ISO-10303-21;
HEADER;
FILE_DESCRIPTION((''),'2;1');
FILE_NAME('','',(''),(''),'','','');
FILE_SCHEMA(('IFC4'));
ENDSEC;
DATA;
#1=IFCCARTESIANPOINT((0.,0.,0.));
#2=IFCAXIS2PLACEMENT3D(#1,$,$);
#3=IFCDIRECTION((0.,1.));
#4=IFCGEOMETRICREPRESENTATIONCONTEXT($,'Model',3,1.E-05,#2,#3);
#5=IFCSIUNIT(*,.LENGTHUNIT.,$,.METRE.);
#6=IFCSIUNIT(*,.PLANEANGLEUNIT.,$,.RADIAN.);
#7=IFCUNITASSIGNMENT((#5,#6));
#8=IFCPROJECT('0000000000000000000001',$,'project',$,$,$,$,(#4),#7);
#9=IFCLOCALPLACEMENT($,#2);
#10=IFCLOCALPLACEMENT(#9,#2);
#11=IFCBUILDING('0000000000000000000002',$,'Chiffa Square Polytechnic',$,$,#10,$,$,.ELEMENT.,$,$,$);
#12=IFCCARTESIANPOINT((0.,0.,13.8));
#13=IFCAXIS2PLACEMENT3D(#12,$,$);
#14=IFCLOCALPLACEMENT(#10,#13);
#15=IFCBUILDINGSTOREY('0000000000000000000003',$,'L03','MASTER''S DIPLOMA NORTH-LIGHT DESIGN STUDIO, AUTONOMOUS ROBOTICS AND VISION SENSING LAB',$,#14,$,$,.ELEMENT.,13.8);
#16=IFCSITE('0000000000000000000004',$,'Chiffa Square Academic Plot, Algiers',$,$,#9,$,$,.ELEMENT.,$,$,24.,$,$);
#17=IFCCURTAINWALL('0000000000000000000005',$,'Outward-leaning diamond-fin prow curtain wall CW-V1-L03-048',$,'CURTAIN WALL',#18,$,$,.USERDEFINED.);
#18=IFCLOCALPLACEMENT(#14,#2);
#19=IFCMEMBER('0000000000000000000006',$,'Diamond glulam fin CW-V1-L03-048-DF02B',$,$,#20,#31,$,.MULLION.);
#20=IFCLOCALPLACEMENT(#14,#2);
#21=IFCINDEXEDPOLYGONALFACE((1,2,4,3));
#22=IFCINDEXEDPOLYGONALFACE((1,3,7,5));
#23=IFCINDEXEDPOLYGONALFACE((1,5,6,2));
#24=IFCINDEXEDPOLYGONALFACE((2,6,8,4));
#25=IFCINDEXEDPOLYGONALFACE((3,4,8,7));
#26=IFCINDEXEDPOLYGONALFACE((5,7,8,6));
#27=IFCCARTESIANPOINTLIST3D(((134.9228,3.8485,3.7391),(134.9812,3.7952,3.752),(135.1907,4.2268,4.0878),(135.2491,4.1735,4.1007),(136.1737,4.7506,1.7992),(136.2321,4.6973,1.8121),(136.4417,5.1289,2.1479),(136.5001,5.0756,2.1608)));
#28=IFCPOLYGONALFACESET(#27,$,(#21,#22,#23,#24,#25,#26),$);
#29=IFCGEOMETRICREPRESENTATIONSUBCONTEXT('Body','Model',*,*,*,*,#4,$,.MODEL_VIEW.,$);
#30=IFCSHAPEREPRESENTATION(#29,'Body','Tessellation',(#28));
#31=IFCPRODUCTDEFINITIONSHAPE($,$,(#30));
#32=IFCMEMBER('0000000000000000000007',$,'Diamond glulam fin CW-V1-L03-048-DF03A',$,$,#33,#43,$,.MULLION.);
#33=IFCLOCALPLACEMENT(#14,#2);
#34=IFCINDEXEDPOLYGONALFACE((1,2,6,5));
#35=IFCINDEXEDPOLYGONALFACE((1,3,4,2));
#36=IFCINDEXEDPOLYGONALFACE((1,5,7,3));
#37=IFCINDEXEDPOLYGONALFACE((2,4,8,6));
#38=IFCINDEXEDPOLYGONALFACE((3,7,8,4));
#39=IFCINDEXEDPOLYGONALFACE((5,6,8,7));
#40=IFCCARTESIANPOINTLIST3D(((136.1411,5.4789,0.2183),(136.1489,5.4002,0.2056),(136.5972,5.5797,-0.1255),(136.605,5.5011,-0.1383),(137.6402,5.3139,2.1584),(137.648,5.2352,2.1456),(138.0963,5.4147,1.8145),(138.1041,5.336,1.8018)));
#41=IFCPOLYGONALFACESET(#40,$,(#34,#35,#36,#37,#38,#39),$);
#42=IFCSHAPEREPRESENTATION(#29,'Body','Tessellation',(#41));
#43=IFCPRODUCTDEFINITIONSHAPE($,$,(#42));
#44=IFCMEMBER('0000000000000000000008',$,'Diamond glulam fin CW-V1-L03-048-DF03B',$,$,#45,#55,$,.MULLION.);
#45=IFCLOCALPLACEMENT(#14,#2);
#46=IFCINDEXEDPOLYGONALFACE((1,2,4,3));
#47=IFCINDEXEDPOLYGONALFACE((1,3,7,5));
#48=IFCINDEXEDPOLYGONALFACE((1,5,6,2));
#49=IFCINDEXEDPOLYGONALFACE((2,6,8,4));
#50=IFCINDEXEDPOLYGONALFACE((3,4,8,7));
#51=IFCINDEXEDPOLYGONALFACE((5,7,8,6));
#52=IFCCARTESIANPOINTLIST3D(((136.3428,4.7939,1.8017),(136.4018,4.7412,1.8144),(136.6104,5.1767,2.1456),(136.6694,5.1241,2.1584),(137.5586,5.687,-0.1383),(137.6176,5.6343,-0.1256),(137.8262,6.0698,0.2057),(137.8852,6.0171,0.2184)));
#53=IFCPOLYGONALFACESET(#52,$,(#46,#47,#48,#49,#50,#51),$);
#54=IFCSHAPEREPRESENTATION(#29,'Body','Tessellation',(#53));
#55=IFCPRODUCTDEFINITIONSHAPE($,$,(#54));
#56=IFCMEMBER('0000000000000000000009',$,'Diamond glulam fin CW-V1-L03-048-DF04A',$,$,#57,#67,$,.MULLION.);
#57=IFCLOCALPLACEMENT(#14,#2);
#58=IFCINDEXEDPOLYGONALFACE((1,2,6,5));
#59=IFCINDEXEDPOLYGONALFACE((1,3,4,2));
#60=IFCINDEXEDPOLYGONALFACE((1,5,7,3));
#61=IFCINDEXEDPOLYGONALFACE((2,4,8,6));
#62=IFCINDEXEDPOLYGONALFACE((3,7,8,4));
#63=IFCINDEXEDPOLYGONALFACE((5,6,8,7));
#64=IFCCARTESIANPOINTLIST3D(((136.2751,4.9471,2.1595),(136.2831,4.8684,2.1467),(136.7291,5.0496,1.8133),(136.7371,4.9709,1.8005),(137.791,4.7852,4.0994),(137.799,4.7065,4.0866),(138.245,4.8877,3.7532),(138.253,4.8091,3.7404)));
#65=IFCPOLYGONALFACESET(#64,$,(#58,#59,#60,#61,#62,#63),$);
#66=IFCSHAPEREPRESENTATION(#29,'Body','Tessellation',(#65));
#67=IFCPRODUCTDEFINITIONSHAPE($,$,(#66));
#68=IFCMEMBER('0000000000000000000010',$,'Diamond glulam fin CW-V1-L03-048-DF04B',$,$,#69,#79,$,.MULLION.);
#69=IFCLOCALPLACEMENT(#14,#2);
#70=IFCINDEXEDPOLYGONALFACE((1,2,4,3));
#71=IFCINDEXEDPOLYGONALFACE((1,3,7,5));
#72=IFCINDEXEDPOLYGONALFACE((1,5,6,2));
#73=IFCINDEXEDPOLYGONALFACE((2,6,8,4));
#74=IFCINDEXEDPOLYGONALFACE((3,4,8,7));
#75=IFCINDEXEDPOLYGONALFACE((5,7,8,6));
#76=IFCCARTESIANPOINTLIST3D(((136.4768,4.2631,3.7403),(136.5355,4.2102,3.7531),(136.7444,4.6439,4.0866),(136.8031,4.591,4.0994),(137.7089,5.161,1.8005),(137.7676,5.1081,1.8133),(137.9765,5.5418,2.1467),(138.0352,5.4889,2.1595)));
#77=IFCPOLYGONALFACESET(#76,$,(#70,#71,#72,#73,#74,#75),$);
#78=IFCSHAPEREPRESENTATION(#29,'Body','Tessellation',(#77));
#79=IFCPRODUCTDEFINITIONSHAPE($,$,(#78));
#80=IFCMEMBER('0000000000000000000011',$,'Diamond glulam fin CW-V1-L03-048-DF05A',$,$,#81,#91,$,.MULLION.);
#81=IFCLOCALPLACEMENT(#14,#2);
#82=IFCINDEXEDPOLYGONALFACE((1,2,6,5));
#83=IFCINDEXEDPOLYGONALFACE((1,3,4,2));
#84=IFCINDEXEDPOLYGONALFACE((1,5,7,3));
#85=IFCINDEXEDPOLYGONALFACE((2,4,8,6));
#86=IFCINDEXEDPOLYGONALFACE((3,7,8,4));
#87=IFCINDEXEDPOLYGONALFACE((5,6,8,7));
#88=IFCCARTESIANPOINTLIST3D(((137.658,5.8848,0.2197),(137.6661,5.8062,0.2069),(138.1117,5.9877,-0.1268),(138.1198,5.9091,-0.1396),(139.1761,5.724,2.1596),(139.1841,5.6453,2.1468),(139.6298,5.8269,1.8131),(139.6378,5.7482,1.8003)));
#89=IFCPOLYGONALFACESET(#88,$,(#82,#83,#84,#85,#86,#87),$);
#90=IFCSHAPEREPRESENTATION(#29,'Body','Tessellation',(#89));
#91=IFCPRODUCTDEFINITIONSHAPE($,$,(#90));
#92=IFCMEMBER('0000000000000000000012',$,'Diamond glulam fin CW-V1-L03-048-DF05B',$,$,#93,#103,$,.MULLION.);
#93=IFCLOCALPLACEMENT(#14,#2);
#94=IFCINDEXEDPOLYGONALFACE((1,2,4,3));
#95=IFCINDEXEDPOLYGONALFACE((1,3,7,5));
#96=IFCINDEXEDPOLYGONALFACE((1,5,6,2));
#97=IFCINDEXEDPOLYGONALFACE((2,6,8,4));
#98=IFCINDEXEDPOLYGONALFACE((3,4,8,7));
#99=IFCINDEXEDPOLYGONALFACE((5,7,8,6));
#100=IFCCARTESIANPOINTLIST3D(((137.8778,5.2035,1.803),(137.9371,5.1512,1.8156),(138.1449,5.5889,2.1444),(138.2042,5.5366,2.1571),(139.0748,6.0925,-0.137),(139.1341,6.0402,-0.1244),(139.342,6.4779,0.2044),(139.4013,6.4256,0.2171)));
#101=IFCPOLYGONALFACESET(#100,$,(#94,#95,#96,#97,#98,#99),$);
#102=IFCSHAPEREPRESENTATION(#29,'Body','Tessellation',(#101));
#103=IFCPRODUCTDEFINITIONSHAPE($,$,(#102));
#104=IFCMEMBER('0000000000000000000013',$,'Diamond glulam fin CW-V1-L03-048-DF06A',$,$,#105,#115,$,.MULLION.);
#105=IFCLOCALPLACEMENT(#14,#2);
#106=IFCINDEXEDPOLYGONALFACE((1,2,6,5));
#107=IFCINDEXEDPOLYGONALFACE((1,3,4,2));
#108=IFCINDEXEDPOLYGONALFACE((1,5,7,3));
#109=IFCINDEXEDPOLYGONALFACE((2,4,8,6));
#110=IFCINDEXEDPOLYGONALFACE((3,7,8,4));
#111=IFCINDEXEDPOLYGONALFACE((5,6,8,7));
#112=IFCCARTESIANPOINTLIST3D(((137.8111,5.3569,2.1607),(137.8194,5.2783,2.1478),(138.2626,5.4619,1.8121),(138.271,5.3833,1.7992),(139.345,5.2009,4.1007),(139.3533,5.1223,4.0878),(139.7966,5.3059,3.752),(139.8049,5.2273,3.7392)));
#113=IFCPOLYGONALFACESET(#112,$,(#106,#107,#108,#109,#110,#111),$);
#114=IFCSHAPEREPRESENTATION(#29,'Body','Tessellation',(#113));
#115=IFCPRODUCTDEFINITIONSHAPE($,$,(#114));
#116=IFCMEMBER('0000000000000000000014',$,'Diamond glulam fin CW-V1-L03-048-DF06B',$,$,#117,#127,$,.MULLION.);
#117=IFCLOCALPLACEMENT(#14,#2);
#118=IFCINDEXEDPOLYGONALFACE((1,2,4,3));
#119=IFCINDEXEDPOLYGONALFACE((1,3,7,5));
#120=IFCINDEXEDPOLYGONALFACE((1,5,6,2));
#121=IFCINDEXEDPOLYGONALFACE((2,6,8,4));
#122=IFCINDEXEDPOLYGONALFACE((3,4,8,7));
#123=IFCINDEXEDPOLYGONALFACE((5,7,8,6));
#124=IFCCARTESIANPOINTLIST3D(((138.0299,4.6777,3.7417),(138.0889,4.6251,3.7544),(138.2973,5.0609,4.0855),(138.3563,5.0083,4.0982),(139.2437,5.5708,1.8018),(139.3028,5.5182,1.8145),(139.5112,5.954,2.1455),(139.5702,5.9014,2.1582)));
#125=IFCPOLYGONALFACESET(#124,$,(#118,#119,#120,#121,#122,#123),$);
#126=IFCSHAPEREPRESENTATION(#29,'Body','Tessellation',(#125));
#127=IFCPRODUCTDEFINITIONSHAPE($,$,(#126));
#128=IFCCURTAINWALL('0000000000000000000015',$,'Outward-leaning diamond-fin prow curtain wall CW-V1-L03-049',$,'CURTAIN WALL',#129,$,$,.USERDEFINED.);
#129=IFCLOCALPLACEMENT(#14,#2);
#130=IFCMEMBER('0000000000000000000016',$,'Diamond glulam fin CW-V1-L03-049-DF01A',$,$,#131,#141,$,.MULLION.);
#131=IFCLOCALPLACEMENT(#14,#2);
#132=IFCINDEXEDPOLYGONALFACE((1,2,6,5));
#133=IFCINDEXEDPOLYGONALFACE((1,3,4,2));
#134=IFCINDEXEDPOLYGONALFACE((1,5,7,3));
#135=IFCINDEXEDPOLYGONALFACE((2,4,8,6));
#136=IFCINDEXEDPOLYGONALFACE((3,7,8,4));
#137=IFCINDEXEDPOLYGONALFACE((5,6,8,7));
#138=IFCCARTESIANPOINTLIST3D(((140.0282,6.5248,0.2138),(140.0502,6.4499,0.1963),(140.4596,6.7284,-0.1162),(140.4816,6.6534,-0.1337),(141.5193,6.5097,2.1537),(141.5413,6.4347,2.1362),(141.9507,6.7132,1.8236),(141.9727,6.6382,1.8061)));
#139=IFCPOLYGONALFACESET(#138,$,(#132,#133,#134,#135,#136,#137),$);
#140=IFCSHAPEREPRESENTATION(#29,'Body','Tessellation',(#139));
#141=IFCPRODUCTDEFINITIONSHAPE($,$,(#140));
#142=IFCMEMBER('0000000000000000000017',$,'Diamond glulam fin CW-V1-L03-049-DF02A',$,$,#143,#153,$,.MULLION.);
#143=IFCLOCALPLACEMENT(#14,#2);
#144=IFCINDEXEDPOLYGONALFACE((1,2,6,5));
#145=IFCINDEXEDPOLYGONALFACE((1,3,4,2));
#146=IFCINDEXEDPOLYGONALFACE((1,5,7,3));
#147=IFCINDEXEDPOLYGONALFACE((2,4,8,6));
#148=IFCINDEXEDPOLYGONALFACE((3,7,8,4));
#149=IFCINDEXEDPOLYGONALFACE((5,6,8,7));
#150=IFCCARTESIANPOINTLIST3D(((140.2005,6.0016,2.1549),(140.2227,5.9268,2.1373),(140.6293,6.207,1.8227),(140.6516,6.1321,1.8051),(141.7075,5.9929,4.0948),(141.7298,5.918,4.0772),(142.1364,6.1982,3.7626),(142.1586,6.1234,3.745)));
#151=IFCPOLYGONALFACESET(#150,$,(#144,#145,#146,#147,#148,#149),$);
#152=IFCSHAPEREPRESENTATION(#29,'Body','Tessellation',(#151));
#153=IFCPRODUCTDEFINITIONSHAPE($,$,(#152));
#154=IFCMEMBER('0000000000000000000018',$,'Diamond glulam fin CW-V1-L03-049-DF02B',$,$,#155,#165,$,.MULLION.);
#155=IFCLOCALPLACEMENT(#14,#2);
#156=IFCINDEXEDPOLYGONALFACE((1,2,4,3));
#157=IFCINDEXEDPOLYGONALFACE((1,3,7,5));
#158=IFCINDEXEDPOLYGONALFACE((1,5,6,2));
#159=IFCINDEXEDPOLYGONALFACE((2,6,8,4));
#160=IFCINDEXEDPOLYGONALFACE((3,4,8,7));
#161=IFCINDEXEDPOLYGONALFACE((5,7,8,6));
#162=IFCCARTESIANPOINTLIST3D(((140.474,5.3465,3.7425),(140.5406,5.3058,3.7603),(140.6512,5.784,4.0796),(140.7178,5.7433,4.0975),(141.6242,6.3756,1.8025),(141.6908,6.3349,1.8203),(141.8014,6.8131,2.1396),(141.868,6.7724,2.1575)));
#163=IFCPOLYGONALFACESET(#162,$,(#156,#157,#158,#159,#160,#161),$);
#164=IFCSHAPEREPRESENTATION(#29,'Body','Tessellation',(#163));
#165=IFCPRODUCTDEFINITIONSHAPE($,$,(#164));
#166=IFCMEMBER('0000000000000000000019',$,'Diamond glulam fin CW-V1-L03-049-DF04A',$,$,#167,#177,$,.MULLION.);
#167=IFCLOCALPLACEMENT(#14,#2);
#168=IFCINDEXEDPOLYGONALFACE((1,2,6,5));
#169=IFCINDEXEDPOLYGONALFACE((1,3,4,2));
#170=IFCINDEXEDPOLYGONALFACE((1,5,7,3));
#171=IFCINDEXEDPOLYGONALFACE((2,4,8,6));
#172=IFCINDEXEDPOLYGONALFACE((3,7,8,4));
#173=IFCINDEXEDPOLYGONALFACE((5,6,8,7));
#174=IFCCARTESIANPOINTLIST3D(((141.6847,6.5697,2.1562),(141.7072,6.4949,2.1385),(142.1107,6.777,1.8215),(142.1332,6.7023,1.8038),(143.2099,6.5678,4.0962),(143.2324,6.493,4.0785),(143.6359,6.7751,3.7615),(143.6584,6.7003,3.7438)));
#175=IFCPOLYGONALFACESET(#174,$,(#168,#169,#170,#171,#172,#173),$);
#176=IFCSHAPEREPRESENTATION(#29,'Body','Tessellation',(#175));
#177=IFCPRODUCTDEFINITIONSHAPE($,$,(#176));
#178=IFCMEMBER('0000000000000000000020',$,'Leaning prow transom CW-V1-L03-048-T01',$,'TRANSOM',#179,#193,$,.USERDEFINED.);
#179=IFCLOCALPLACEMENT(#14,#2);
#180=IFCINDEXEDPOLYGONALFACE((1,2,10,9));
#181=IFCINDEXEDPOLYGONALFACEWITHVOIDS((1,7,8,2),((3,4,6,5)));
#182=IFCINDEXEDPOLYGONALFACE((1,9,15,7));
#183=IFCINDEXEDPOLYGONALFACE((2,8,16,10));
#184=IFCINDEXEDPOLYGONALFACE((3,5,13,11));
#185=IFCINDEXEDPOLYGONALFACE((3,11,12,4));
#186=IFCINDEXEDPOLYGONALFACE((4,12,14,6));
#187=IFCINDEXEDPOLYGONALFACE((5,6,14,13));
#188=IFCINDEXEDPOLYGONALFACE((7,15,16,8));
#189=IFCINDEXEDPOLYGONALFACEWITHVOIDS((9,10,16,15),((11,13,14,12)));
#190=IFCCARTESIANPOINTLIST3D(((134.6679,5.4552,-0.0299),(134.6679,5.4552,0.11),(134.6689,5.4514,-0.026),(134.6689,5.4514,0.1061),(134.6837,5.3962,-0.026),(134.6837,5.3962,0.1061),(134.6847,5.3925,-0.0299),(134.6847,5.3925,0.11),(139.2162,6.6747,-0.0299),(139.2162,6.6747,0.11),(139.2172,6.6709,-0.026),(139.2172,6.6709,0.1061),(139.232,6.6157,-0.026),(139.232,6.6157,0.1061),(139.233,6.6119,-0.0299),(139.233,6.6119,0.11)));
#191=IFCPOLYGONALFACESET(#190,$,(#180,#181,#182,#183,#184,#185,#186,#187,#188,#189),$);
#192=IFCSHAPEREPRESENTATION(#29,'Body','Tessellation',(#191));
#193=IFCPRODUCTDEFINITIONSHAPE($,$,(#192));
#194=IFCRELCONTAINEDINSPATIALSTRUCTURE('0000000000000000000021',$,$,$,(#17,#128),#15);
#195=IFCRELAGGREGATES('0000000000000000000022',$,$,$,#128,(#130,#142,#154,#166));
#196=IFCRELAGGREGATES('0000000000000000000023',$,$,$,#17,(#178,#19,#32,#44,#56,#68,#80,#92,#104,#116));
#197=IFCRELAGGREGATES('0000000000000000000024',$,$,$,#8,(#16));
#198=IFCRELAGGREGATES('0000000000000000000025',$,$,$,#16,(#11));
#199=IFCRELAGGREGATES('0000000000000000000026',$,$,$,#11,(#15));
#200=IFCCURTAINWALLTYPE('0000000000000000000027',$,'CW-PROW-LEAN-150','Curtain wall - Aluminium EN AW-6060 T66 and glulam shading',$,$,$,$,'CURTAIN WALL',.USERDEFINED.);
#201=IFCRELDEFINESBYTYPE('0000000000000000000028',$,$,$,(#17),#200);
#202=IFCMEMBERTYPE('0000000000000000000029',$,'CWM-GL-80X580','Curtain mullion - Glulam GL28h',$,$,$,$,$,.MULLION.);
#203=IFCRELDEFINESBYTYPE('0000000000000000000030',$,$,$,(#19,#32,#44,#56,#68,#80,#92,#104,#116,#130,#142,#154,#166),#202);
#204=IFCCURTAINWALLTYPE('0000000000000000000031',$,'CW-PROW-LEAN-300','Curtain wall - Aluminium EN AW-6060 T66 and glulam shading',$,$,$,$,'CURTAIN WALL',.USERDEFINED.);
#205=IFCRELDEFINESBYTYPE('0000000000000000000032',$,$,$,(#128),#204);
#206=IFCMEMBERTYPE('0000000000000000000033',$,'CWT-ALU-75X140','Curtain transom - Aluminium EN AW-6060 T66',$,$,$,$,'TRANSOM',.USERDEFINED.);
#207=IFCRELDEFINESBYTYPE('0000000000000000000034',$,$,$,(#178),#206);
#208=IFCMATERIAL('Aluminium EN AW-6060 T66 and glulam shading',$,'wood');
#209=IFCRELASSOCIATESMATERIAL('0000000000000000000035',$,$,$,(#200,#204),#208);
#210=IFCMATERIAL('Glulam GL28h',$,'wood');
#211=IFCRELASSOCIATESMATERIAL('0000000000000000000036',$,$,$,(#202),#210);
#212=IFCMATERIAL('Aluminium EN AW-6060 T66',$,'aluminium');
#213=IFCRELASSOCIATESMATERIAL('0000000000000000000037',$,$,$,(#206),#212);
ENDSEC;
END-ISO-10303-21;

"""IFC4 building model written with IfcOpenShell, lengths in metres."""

from ifc_helpers import new_model, si_unit, direction, frame, origin, origin_2d, place, context, subcontext, project, spatial, rectangle, hollow_rectangle, extrude, material, material_profile, profile_set, type_object, element, aggregate, save


model = new_model("IFC4")

# Units and contexts
model_context = context("Model", 3, precision=1e-05, world=origin(), true_north=direction((0.0, 1.0)))
body_context = subcontext(model_context, "Body", "Model", "MODEL_VIEW")
ifc_project = project(units=[si_unit("LENGTHUNIT", "METRE"), si_unit("PLANEANGLEUNIT", "RADIAN")], contexts=[model_context])

# Site, building, storey
site_placement = place(None, origin())
site = spatial("IfcSite", under=ifc_project, at=site_placement, Name="Chiffa Square Academic Plot, Algiers", CompositionType="ELEMENT", RefElevation=24.0)
building_placement = place(site_placement, origin())
building = spatial("IfcBuilding", under=site, at=building_placement, Name="Chiffa Square Polytechnic", CompositionType="ELEMENT")
storey_placement = place(building_placement, frame((0.0, 0.0, 13.8)))
storey = spatial("IfcBuildingStorey", under=building, at=storey_placement, Name="L03", Description="MASTER'S DIPLOMA NORTH-LIGHT DESIGN STUDIO, AUTONOMOUS ROBOTICS AND VISION SENSING LAB", CompositionType="ELEMENT", Elevation=13.8)

# Curtain wall
ifc_material_1 = material(Name="Aluminium EN AW-6060 T66 and glulam shading", Category="wood")
curtain_wall_type_1 = type_object("IfcCurtainWallType", Name="CW-PROW-LEAN-150", Description="Curtain wall - Aluminium EN AW-6060 T66 and glulam shading", ElementType="CURTAIN WALL", PredefinedType="USERDEFINED", material=ifc_material_1)
curtain_wall_1_placement = place(storey_placement, origin())
curtain_wall_1 = element("IfcCurtainWall", 1, at=curtain_wall_1_placement, inside=storey, type_object=curtain_wall_type_1, Name="Outward-leaning diamond-fin prow curtain wall CW-V1-L03-048", ObjectType="CURTAIN WALL", PredefinedType="USERDEFINED")
ifc_material_2 = material(Name="Aluminium EN AW-6060 T66", Category="aluminium")

# Shared definitions
curtain_wall_type_2 = type_object("IfcCurtainWallType", Name="CW-PROW-LEAN-300", Description="Curtain wall - Aluminium EN AW-6060 T66 and glulam shading", ElementType="CURTAIN WALL", PredefinedType="USERDEFINED", material=ifc_material_1)
ifc_material_3 = material(Name="Glulam GL28h", Category="wood")
ifc_material_profile_1 = material_profile(ifc_material_3, rectangle(XDim=0.0801, YDim=0.5801, at=origin_2d()), Name="GL28h 80x580")
ifc_profile_set_1 = profile_set([ifc_material_profile_1], Name="Glulam GL28h")
member_type_1 = type_object("IfcMemberType", Name="CWM-GL-80X580", Description="Curtain mullion - Glulam GL28h", PredefinedType="MULLION", material=ifc_profile_set_1)

# Members
member_1_placement = place(storey_placement, frame((136.3369, 4.9131, 1.98), z_axis=(-0.504767, -0.363996, 0.782763), x_axis=(0.729296, -0.66497, 0.161068)))
member_1 = element("IfcMember", 2, at=member_1_placement, type_object=member_type_1, Name="Diamond glulam fin CW-V1-L03-048-DF02B", PredefinedType="MULLION", context=body_context, shape_type="SweptSolid", body=[
    extrude(rectangle(XDim=0.0801, YDim=0.5801, at=origin_2d()), origin(), (0.0, 0.0, 1.0), 2.4783),
])
member_2_placement = place(storey_placement, frame((136.373, 5.49, 0.04), z_axis=(0.610061, -0.067166, 0.789502), x_axis=(-0.097403, 0.982486, 0.15885)))
member_2 = element("IfcMember", 3, at=member_2_placement, type_object=member_type_1, Name="Diamond glulam fin CW-V1-L03-048-DF03A", PredefinedType="MULLION", context=body_context, shape_type="SweptSolid", body=[
    extrude(rectangle(XDim=0.0801, YDim=0.5801, at=origin_2d()), origin(), (0.0, 0.0, 1.0), 2.4573),
])
member_3_placement = place(storey_placement, frame((137.7219, 5.8521, 0.04), z_axis=(-0.494745, -0.363409, 0.789406), x_axis=(0.736488, -0.657527, 0.158882)))
member_3 = element("IfcMember", 4, at=member_3_placement, type_object=member_type_1, Name="Diamond glulam fin CW-V1-L03-048-DF03B", PredefinedType="MULLION", context=body_context, shape_type="SweptSolid", body=[
    extrude(rectangle(XDim=0.0801, YDim=0.5801, at=origin_2d()), origin(), (0.0, 0.0, 1.0), 2.4575),
])
member_4_placement = place(storey_placement, frame((136.5061, 4.959, 1.98), z_axis=(0.614391, -0.065605, 0.78627), x_axis=(-0.099792, 0.982073, 0.15992)))
member_4 = element("IfcMember", 5, at=member_4_placement, type_object=member_type_1, Name="Diamond glulam fin CW-V1-L03-048-DF04A", PredefinedType="MULLION", context=body_context, shape_type="SweptSolid", body=[
    extrude(rectangle(XDim=0.0801, YDim=0.5801, at=origin_2d()), origin(), (0.0, 0.0, 1.0), 2.4673),
])
member_5_placement = place(storey_placement, frame((137.8721, 5.325, 1.98), z_axis=(-0.499388, -0.363929, 0.786236), x_axis=(0.733341, -0.660783, 0.159931)))
member_5 = element("IfcMember", 6, at=member_5_placement, type_object=member_type_1, Name="Diamond glulam fin CW-V1-L03-048-DF04B", PredefinedType="MULLION", context=body_context, shape_type="SweptSolid", body=[
    extrude(rectangle(XDim=0.0801, YDim=0.5801, at=origin_2d()), origin(), (0.0, 0.0, 1.0), 2.4673),
])
member_6_placement = place(storey_placement, frame((137.8889, 5.897, 0.04), z_axis=(0.614961, -0.065175, 0.78586), x_axis=(-0.100462, 0.981983, 0.160055)))
member_6 = element("IfcMember", 7, at=member_6_placement, type_object=member_type_1, Name="Diamond glulam fin CW-V1-L03-048-DF05A", PredefinedType="MULLION", context=body_context, shape_type="SweptSolid", body=[
    extrude(rectangle(XDim=0.0801, YDim=0.5801, at=origin_2d()), origin(), (0.0, 0.0, 1.0), 2.4685),
])
member_7_placement = place(storey_placement, frame((139.238, 6.259, 0.04), z_axis=(-0.489237, -0.36331, 0.792877), x_axis=(0.740632, -0.653138, 0.15772)))
member_7 = element("IfcMember", 8, at=member_7_placement, type_object=member_type_1, Name="Diamond glulam fin CW-V1-L03-048-DF05B", PredefinedType="MULLION", context=body_context, shape_type="SweptSolid", body=[
    extrude(rectangle(XDim=0.0801, YDim=0.5801, at=origin_2d()), origin(), (0.0, 0.0, 1.0), 2.4468),
])
member_8_placement = place(storey_placement, frame((138.041, 5.3701, 1.98), z_axis=(0.619012, -0.062955, 0.782854), x_axis=(-0.103844, 0.98147, 0.161039)))
member_8 = element("IfcMember", 9, at=member_8_placement, type_object=member_type_1, Name="Diamond glulam fin CW-V1-L03-048-DF06A", PredefinedType="MULLION", context=body_context, shape_type="SweptSolid", body=[
    extrude(rectangle(XDim=0.0801, YDim=0.5801, at=origin_2d()), origin(), (0.0, 0.0, 1.0), 2.478),
])
member_9_placement = place(storey_placement, frame((139.407, 5.7361, 1.98), z_axis=(-0.494144, -0.363552, 0.789716), x_axis=(0.737057, -0.656915, 0.158778)))
member_9 = element("IfcMember", 10, at=member_9_placement, type_object=member_type_1, Name="Diamond glulam fin CW-V1-L03-048-DF06B", PredefinedType="MULLION", context=body_context, shape_type="SweptSolid", body=[
    extrude(rectangle(XDim=0.0801, YDim=0.5801, at=origin_2d()), origin(), (0.0, 0.0, 1.0), 2.4565),
])

# Curtain wall, members
curtain_wall_2_placement = place(storey_placement, origin())
curtain_wall_2 = element("IfcCurtainWall", 11, at=curtain_wall_2_placement, inside=storey, type_object=curtain_wall_type_2, Name="Outward-leaning diamond-fin prow curtain wall CW-V1-L03-049", ObjectType="CURTAIN WALL", PredefinedType="USERDEFINED")
member_10_placement = place(storey_placement, frame((140.2549, 6.5891, 0.04), z_axis=(0.609429, -0.006186, 0.792816), x_axis=(-0.274629, 0.936416, 0.218411)))
member_10 = element("IfcMember", 12, at=member_10_placement, type_object=member_type_1, Name="Diamond glulam fin CW-V1-L03-049-DF01A", PredefinedType="MULLION", context=body_context, shape_type="SweptSolid", body=[
    extrude(rectangle(XDim=0.0801, YDim=0.5801, at=origin_2d()), origin(), (0.0, 0.0, 1.0), 2.4468),
])
member_11_placement = place(storey_placement, frame((140.426, 6.0669, 1.98), z_axis=(0.613489, -0.003578, 0.789695), x_axis=(-0.277552, 0.935215, 0.219859)))
member_11 = element("IfcMember", 13, at=member_11_placement, type_object=member_type_1, Name="Diamond glulam fin CW-V1-L03-049-DF02A", PredefinedType="MULLION", context=body_context, shape_type="SweptSolid", body=[
    extrude(rectangle(XDim=0.0801, YDim=0.5801, at=origin_2d()), origin(), (0.0, 0.0, 1.0), 2.4565),
])
member_12_placement = place(storey_placement, frame((141.7461, 6.574, 1.98), z_axis=(-0.463966, -0.415118, 0.782568), x_axis=(0.831501, -0.508752, 0.223107)))
member_12 = element("IfcMember", 14, at=member_12_placement, type_object=member_type_1, Name="Diamond glulam fin CW-V1-L03-049-DF02B", PredefinedType="MULLION", context=body_context, shape_type="SweptSolid", body=[
    extrude(rectangle(XDim=0.0801, YDim=0.5801, at=origin_2d()), origin(), (0.0, 0.0, 1.0), 2.479),
])
member_13_placement = place(storey_placement, frame((141.9089, 6.636, 1.98), z_axis=(0.618049, -0.000791, 0.78614), x_axis=(-0.280531, 0.93394, 0.221489)))
member_13 = element("IfcMember", 15, at=member_13_placement, type_object=member_type_1, Name="Diamond glulam fin CW-V1-L03-049-DF04A", PredefinedType="MULLION", context=body_context, shape_type="SweptSolid", body=[
    extrude(rectangle(XDim=0.0801, YDim=0.5801, at=origin_2d()), origin(), (0.0, 0.0, 1.0), 2.4678),
])

# Member
ifc_material_profile_2 = material_profile(ifc_material_2, hollow_rectangle(XDim=0.0649, YDim=0.1399, WallThickness=0.0039, at=origin_2d()), Name="ALU 65x140x4")
ifc_profile_set_2 = profile_set([ifc_material_profile_2], Name="Aluminium EN AW-6060 T66")
member_type_2 = type_object("IfcMemberType", Name="CWT-ALU-75X140", Description="Curtain transom - Aluminium EN AW-6060 T66", ElementType="TRANSOM", PredefinedType="USERDEFINED", material=ifc_profile_set_2)
member_14_placement = place(storey_placement, frame((134.6763, 5.4238, 0.04), z_axis=(0.965886, 0.258969, 0.0), x_axis=(-0.258969, 0.965886, 0.0)))
member_14 = element("IfcMember", 16, at=member_14_placement, type_object=member_type_2, Name="Leaning prow transom CW-V1-L03-048-T01", ObjectType="TRANSOM", PredefinedType="USERDEFINED", context=body_context, shape_type="SweptSolid", body=[
    extrude(hollow_rectangle(XDim=0.0649, YDim=0.1399, WallThickness=0.0039, at=origin_2d()), origin(), (0.0, 0.0, 1.0), 4.709),
])

aggregate(curtain_wall_2, [member_10, member_11, member_12, member_13])
aggregate(curtain_wall_1, [member_14, member_1, member_2, member_3, member_4, member_5, member_6, member_7, member_8, member_9])

save(model, "model.ifc")
